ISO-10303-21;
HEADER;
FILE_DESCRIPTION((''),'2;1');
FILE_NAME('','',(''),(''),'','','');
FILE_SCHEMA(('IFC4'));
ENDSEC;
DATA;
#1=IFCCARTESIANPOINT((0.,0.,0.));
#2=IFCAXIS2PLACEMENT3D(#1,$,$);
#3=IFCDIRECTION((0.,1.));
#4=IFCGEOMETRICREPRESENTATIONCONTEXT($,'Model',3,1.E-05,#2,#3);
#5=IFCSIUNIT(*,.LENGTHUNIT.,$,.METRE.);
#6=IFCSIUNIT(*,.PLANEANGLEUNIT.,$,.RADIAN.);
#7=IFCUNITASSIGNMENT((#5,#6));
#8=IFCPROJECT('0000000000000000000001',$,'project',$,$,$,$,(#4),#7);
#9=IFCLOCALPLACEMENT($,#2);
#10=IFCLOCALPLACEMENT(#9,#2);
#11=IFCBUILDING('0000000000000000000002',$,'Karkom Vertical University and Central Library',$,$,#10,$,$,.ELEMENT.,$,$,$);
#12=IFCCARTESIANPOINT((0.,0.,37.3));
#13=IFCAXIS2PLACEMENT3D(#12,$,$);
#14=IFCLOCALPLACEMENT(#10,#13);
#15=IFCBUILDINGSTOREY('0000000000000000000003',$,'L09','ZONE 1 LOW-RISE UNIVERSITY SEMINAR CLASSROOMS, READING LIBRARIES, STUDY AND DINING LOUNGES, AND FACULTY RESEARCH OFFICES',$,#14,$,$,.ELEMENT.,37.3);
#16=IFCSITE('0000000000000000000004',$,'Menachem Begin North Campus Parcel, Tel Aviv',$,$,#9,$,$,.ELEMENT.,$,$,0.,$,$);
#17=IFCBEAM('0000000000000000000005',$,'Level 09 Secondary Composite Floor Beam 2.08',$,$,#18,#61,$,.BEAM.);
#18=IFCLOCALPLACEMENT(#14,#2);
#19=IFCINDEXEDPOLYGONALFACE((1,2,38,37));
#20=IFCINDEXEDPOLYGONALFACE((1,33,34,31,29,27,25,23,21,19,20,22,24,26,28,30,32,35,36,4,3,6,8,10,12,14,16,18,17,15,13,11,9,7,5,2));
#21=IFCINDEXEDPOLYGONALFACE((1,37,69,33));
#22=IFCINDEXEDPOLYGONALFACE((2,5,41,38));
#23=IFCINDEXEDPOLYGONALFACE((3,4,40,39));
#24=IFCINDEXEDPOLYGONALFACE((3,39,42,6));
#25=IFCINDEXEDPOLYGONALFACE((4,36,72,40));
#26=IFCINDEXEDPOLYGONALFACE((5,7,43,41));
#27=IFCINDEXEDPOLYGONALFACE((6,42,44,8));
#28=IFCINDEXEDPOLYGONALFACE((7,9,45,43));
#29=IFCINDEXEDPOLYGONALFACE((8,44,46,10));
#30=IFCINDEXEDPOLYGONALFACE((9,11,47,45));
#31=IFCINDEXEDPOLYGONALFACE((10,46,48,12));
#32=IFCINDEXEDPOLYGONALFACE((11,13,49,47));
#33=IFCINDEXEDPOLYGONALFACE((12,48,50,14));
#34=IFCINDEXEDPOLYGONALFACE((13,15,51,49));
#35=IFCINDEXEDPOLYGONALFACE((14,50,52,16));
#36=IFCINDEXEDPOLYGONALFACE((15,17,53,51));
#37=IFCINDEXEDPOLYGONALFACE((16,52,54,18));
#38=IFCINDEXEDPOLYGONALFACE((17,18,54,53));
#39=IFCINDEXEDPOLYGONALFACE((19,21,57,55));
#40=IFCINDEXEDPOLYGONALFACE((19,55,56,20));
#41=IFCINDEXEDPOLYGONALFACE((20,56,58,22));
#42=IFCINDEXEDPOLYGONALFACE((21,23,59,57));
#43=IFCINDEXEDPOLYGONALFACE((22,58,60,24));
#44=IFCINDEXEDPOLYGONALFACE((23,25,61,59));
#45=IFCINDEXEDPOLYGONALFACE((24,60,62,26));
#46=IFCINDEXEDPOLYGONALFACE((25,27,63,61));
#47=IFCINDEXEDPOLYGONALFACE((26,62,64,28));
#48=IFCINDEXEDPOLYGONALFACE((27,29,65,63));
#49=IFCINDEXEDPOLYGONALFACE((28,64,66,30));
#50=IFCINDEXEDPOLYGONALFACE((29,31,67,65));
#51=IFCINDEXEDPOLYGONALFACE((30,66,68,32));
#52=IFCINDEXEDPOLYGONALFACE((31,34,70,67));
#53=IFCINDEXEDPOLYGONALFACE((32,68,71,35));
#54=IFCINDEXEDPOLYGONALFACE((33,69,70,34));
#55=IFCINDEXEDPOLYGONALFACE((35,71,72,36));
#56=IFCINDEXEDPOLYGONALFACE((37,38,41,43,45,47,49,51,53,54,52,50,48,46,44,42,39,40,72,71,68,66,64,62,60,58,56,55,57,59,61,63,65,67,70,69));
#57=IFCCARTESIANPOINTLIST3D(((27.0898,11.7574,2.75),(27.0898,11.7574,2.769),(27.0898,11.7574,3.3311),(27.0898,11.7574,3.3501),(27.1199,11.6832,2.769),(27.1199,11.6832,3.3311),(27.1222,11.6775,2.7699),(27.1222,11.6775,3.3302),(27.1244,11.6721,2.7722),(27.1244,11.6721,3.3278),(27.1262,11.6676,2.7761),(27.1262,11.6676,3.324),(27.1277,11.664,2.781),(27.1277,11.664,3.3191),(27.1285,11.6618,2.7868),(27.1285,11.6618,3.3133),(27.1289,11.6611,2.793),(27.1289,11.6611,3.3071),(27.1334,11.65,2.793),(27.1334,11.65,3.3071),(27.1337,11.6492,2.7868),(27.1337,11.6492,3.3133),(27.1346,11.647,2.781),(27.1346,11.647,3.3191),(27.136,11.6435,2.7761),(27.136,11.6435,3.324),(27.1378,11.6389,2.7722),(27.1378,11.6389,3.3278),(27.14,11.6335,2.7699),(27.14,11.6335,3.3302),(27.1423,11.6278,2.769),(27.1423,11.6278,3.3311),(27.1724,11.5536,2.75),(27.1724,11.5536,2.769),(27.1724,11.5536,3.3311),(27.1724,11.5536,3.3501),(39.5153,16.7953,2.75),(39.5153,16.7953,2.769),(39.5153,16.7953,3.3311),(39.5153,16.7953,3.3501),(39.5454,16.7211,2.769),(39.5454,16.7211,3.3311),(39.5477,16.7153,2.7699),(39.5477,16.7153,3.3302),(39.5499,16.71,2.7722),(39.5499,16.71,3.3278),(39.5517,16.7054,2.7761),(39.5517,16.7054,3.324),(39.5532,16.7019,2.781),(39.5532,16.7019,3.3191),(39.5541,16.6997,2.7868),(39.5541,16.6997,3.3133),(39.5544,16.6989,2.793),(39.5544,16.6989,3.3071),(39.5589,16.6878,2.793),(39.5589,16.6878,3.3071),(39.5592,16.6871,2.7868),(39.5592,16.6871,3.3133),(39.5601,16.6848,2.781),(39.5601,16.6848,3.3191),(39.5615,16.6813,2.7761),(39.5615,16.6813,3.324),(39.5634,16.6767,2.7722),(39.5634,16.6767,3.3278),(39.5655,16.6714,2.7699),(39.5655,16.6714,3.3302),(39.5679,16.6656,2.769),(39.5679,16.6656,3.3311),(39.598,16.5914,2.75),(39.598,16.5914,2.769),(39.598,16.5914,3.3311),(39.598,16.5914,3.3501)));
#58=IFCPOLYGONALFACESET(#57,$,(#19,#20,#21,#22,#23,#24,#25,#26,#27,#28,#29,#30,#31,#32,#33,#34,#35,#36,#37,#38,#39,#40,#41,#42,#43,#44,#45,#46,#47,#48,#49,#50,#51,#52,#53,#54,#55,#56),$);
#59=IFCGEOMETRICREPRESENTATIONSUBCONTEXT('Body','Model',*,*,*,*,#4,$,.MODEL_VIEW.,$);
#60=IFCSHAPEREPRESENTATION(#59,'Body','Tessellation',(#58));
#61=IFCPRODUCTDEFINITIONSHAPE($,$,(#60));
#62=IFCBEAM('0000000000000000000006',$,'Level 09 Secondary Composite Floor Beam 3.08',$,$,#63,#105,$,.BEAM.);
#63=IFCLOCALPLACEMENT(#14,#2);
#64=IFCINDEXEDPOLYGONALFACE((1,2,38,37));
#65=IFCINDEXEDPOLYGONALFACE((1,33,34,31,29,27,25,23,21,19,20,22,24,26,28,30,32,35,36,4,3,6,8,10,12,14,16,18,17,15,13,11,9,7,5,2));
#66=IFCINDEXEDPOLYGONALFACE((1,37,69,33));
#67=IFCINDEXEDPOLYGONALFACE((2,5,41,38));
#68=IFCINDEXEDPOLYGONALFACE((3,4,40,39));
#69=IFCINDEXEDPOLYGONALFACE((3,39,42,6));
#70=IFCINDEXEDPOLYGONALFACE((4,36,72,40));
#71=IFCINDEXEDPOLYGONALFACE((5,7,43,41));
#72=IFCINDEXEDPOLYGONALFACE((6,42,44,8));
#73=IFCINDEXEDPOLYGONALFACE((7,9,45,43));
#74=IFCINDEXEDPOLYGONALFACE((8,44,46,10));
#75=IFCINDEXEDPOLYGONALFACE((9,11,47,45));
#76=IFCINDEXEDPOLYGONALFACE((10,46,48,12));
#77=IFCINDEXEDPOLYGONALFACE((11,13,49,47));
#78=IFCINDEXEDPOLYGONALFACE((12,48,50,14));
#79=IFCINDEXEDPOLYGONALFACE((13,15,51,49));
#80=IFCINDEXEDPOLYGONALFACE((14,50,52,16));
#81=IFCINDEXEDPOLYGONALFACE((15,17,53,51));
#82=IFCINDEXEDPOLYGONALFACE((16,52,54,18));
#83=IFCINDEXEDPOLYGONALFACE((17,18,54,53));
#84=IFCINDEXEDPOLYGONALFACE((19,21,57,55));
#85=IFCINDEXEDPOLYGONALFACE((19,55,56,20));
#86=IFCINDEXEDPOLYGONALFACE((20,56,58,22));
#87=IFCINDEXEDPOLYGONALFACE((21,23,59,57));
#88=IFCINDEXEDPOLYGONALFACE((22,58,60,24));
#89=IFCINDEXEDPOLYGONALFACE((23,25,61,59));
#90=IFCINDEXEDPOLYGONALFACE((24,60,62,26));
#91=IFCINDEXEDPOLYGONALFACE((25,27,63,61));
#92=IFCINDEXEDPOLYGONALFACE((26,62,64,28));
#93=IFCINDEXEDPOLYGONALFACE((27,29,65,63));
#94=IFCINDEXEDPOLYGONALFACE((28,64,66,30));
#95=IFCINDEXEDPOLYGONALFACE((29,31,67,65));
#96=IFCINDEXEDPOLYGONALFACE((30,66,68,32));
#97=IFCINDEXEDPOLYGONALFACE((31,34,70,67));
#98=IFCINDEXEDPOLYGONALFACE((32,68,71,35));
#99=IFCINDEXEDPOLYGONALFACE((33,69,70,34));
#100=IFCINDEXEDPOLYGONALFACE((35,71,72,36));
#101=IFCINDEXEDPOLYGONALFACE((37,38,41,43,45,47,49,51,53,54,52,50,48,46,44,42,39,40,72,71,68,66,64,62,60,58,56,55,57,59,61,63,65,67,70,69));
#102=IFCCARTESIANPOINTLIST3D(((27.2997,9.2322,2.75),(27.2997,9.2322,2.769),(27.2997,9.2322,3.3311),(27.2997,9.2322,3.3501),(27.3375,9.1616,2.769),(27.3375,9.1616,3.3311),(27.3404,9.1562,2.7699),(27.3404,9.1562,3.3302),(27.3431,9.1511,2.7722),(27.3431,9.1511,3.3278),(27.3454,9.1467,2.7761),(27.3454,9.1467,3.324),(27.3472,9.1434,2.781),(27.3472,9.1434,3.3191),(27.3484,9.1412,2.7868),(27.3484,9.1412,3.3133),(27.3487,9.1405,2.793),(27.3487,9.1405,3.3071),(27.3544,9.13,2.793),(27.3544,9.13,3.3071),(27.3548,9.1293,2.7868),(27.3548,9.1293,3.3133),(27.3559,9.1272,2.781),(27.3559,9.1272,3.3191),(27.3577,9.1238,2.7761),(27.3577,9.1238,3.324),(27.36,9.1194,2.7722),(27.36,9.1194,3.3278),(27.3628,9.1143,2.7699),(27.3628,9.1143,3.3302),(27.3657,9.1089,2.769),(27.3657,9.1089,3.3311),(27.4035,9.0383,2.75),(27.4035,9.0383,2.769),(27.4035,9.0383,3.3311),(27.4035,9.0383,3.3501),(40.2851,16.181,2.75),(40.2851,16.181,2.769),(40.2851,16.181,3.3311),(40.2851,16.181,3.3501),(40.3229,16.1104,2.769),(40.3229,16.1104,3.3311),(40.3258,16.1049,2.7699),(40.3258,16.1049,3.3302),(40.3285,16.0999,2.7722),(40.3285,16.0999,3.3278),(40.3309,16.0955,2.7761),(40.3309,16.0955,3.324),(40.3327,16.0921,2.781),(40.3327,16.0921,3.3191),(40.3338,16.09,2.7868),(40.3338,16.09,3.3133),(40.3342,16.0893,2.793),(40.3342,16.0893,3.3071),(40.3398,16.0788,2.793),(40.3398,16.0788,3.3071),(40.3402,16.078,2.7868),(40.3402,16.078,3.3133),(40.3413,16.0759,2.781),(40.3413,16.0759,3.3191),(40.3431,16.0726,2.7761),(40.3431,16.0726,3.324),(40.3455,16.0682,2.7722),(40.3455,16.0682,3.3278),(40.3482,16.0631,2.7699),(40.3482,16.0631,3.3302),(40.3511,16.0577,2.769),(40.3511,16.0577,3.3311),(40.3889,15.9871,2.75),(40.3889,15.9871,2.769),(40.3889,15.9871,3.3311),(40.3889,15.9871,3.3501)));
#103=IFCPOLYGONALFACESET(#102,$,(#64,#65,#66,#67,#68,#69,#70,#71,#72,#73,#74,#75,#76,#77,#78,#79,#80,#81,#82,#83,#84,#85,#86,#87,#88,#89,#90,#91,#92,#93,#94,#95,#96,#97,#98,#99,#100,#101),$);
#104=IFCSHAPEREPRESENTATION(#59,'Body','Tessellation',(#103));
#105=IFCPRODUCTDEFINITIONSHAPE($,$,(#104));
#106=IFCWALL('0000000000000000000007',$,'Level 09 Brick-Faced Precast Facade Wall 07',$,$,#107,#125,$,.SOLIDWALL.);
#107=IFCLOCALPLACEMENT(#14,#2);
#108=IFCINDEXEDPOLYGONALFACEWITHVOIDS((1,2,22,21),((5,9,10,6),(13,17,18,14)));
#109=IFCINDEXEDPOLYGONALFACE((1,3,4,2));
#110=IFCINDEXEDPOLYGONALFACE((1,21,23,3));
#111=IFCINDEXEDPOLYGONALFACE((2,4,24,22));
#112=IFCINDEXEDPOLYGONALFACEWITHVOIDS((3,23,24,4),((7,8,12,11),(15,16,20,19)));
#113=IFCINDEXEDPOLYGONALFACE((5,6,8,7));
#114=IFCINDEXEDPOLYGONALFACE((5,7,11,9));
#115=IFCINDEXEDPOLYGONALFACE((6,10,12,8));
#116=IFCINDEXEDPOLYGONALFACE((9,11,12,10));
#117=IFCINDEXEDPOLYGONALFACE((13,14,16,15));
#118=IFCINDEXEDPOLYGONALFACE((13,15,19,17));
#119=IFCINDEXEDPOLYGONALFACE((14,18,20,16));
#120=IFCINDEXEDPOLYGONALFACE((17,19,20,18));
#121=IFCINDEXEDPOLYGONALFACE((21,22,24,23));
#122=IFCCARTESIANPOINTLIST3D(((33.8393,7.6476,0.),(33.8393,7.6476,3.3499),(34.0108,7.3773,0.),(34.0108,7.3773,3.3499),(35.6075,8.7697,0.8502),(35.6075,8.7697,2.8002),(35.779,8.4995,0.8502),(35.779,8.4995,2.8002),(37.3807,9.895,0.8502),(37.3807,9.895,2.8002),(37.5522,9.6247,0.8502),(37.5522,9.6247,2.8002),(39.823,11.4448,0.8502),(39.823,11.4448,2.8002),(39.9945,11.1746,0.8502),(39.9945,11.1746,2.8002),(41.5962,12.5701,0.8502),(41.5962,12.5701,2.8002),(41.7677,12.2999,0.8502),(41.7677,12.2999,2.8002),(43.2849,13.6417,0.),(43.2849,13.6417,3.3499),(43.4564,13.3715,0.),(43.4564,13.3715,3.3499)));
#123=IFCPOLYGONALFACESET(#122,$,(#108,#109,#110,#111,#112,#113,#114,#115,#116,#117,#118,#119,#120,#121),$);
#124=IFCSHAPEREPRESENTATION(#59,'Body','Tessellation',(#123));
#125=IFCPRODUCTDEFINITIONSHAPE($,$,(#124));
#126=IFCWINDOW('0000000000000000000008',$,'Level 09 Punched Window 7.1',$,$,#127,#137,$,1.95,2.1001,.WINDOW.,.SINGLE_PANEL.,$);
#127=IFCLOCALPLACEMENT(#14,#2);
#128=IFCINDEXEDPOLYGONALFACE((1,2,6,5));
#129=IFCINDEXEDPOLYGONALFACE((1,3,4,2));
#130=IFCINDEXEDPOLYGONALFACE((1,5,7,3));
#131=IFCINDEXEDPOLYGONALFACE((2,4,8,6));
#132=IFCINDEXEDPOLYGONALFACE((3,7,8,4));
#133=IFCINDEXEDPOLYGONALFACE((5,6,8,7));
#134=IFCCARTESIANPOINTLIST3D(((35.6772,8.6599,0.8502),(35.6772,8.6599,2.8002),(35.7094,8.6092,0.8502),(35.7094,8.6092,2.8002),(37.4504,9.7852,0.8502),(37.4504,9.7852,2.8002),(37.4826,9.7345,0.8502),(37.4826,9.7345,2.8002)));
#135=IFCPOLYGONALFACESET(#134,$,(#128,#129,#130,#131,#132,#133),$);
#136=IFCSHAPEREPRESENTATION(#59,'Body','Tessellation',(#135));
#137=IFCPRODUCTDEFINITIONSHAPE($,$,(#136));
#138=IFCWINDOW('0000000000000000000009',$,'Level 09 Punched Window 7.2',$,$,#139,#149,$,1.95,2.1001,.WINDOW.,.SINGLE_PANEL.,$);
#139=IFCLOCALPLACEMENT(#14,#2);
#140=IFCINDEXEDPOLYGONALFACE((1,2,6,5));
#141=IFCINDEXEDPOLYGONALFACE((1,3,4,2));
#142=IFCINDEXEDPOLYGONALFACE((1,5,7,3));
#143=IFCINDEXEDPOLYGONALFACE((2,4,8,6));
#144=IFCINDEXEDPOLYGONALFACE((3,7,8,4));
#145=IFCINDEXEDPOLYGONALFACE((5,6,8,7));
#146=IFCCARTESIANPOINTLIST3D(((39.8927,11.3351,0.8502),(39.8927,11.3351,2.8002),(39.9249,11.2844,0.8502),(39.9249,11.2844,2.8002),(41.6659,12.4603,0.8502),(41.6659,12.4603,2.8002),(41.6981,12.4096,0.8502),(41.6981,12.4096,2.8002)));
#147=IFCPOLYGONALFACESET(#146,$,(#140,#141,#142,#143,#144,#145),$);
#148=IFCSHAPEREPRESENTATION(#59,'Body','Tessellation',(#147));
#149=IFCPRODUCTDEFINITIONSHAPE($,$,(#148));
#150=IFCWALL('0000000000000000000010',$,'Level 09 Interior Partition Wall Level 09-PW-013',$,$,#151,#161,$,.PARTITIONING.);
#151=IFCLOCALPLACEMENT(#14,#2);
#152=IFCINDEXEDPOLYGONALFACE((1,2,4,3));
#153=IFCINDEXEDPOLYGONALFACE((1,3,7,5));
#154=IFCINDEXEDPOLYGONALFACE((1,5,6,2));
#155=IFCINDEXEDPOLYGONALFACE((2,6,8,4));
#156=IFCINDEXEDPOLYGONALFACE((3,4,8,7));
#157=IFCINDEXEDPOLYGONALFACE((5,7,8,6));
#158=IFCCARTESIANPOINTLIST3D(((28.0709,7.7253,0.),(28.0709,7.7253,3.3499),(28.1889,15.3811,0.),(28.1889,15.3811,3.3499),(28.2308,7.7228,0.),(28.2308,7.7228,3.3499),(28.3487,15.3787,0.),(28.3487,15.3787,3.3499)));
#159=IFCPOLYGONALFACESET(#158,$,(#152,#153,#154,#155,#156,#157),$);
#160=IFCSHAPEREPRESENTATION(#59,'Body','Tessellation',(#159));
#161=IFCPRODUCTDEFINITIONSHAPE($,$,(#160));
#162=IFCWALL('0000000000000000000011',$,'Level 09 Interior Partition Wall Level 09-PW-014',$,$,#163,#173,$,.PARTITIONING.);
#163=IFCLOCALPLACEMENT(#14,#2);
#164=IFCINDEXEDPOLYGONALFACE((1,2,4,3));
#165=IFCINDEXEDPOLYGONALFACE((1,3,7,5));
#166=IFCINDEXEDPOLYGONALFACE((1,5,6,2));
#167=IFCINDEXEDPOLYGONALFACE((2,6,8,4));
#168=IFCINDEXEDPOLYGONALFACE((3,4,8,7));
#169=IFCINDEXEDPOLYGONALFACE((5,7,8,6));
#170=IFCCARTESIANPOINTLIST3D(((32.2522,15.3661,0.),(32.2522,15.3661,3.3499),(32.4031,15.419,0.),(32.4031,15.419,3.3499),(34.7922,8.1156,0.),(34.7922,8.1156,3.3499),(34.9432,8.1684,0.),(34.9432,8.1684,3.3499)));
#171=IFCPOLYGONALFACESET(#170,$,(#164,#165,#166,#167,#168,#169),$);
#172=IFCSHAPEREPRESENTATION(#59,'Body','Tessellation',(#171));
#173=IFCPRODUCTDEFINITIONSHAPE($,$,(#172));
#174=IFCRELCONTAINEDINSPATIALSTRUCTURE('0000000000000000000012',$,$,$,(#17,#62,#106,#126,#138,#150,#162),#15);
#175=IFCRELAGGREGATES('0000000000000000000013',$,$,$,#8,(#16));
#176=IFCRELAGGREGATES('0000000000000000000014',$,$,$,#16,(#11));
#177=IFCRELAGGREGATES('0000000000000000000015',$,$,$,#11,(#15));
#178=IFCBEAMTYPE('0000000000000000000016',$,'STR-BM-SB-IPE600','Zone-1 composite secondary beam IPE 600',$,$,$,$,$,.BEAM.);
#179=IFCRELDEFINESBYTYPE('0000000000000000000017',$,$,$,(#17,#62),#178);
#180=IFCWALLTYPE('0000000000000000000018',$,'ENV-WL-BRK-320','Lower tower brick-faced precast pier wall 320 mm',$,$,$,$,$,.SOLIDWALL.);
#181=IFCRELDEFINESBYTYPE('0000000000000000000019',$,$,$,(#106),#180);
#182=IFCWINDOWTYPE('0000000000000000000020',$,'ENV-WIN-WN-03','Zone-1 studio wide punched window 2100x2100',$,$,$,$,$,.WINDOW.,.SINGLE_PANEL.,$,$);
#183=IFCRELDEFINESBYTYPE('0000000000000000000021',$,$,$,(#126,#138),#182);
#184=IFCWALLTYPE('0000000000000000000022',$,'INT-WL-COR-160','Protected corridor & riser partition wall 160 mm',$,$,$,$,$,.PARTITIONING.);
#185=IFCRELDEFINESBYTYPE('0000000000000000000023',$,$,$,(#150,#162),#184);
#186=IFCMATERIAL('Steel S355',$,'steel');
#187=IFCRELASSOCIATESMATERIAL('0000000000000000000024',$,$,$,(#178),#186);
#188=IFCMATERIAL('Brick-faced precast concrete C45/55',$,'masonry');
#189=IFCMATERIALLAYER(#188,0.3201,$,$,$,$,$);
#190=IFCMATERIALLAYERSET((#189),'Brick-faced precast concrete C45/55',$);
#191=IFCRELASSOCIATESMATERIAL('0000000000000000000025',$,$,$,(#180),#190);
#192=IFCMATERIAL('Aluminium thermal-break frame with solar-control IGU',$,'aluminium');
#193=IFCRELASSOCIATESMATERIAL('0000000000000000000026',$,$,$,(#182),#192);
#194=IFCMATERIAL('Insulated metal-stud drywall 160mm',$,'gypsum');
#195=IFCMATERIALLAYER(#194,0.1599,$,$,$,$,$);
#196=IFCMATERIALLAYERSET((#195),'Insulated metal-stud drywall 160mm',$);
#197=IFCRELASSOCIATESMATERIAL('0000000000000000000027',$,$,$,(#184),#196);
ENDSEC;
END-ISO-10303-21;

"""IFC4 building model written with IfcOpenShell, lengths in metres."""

from ifc_helpers import new_model, si_unit, direction, frame, frame_2d, origin, origin_with_axes, origin_2d, place, context, subcontext, project, spatial, rectangle, i_section, extrude, source, transform, mapped, material, layer, layer_set, material_profile, profile_set, type_object, element, fill, save


model = new_model("IFC4")

# Units and contexts
model_context = context("Model", 3, precision=1e-05, world=origin(), true_north=direction((0.0, 1.0)))
body_context = subcontext(model_context, "Body", "Model", "MODEL_VIEW")
ifc_project = project(units=[si_unit("LENGTHUNIT", "METRE"), si_unit("PLANEANGLEUNIT", "RADIAN")], contexts=[model_context])

# Site, building, storey
site_placement = place(None, origin())
site = spatial("IfcSite", under=ifc_project, at=site_placement, Name="Menachem Begin North Campus Parcel, Tel Aviv", CompositionType="ELEMENT", RefElevation=0.0)
building_placement = place(site_placement, origin())
building = spatial("IfcBuilding", under=site, at=building_placement, Name="Karkom Vertical University and Central Library", CompositionType="ELEMENT")
storey_placement = place(building_placement, frame((0.0, 0.0, 37.3)))
storey = spatial("IfcBuildingStorey", under=building, at=storey_placement, Name="L09", Description="ZONE 1 LOW-RISE UNIVERSITY SEMINAR CLASSROOMS, READING LIBRARIES, STUDY AND DINING LOUNGES, AND FACULTY RESEARCH OFFICES", CompositionType="ELEMENT", Elevation=37.3)

# Beams
ifc_material_1 = material(Name="Steel S355", Category="steel")
ifc_material_profile_1 = material_profile(ifc_material_1, i_section(OverallWidth=0.22, OverallDepth=0.6001, WebThickness=0.012, FlangeThickness=0.019, FilletRadius=0.0239, at=origin_2d()), Name="IPE 600")
ifc_profile_set_1 = profile_set([ifc_material_profile_1], Name="Steel S355")
beam_type_1 = type_object("IfcBeamType", Name="STR-BM-SB-IPE600", Description="Zone-1 composite secondary beam IPE 600", PredefinedType="BEAM", material=ifc_profile_set_1)
shared_shape_1 = source(origin_with_axes(), body_context, "Body", "SweptSolid", [
    extrude(i_section(OverallWidth=0.22, OverallDepth=0.6001, WebThickness=0.012, FlangeThickness=0.019, FilletRadius=0.0239, at=origin_2d()), origin(), (0.0, 0.0, 1.0), 13.408),
])
beam_1_placement = place(storey_placement, frame((27.1311, 11.6555, 3.05), z_axis=(0.926727, 0.375735, 0.0), x_axis=(-0.375735, 0.926727, 0.0)))
element("IfcBeam", 1, at=beam_1_placement, inside=storey, type_object=beam_type_1, Name="Level 09 Secondary Composite Floor Beam 2.08", PredefinedType="BEAM", context=body_context, shape_type="MappedRepresentation", body=[
    mapped(shared_shape_1, transform((0.0, 0.0, 0.0), scale=1.0)),
])
shared_shape_2 = source(origin_with_axes(), body_context, "Body", "SweptSolid", [
    extrude(i_section(OverallWidth=0.22, OverallDepth=0.6001, WebThickness=0.012, FlangeThickness=0.019, FilletRadius=0.0239, at=origin_2d()), origin(), (0.0, 0.0, 1.0), 14.7278),
])
beam_2_placement = place(storey_placement, frame((27.3516, 9.1353, 3.05), z_axis=(0.881698, 0.471815, 0.0), x_axis=(-0.471815, 0.881698, 0.0)))
element("IfcBeam", 2, at=beam_2_placement, inside=storey, type_object=beam_type_1, Name="Level 09 Secondary Composite Floor Beam 3.08", PredefinedType="BEAM", context=body_context, shape_type="MappedRepresentation", body=[
    mapped(shared_shape_2, transform((0.0, 0.0, 0.0), scale=1.0)),
])

# Wall, openings, windows
ifc_material_2 = material(Name="Brick-faced precast concrete C45/55", Category="masonry")
ifc_layer_1 = layer(ifc_material_2, 0.3201)
ifc_layer_set_1 = layer_set([ifc_layer_1], Name="Brick-faced precast concrete C45/55")
wall_type_1 = type_object("IfcWallType", Name="ENV-WL-BRK-320", Description="Lower tower brick-faced precast pier wall 320 mm", PredefinedType="SOLIDWALL", material=ifc_layer_set_1)
wall_1_placement = place(storey_placement, frame((33.925, 7.5125, 0.0), z_axis=(0.0, 0.0, 1.0), x_axis=(0.844336, 0.535815, 0.0)))
wall_1 = element("IfcWall", 3, at=wall_1_placement, inside=storey, type_object=wall_type_1, Name="Level 09 Brick-Faced Precast Facade Wall 07", PredefinedType="SOLIDWALL", context=body_context, shape_type="SweptSolid", body=[
    extrude(rectangle(XDim=11.187, YDim=0.3201, at=frame_2d((5.5935, 0.0))), origin(), (0.0, 0.0, 1.0), 3.3499),
])
opening_1_placement = place(wall_1_placement, frame((2.0942, 0.0, 0.8501)))
opening_1 = element("IfcOpeningElement", 4, at=opening_1_placement, cuts=wall_1, PredefinedType="OPENING", context=body_context, shape_type="SweptSolid", body=[
    extrude(rectangle(XDim=2.1001, YDim=1.95, at=frame_2d((1.05, 0.9751))), frame((0.0, 0.1699, 0.0), z_axis=(0.0, -1.0, 0.0), x_axis=(1.0, 0.0, 0.0)), (0.0, 0.0, 1.0), 0.3401),
])
opening_2_placement = place(wall_1_placement, frame((7.0869, 0.0, 0.8501)))
opening_2 = element("IfcOpeningElement", 5, at=opening_2_placement, cuts=wall_1, PredefinedType="OPENING", context=body_context, shape_type="SweptSolid", body=[
    extrude(rectangle(XDim=2.1001, YDim=1.95, at=frame_2d((1.05, 0.9751))), frame((0.0, 0.1699, 0.0), z_axis=(0.0, -1.0, 0.0), x_axis=(1.0, 0.0, 0.0)), (0.0, 0.0, 1.0), 0.3401),
])
ifc_material_3 = material(Name="Aluminium thermal-break frame with solar-control IGU", Category="aluminium")
window_type = type_object("IfcWindowType", Name="ENV-WIN-WN-03", Description="Zone-1 studio wide punched window 2100x2100", PartitioningType="SINGLE_PANEL", PredefinedType="WINDOW", material=ifc_material_3)
shared_shape_3 = source(origin_with_axes(), body_context, "Body", "SweptSolid", [
    extrude(rectangle(XDim=2.1001, YDim=1.95, at=frame_2d((1.05, 0.9751))), frame((0.0, 0.03, 0.0), z_axis=(0.0, -1.0, 0.0), x_axis=(1.0, 0.0, 0.0)), (0.0, 0.0, 1.0), 0.0601),
])
window_1_placement = place(opening_1_placement, origin())
window_1 = element("IfcWindow", 6, at=window_1_placement, inside=storey, type_object=window_type, Name="Level 09 Punched Window 7.1", OverallHeight=1.95, OverallWidth=2.1001, PartitioningType="SINGLE_PANEL", PredefinedType="WINDOW", context=body_context, shape_type="MappedRepresentation", body=[
    mapped(shared_shape_3, transform((0.0, 0.0, 0.0), scale=1.0)),
])
fill(opening_1, window_1)
window_2_placement = place(opening_2_placement, origin())
window_2 = element("IfcWindow", 7, at=window_2_placement, inside=storey, type_object=window_type, Name="Level 09 Punched Window 7.2", OverallHeight=1.95, OverallWidth=2.1001, PartitioningType="SINGLE_PANEL", PredefinedType="WINDOW", context=body_context, shape_type="MappedRepresentation", body=[
    mapped(shared_shape_3, transform((0.0, 0.0, 0.0), scale=1.0)),
])
fill(opening_2, window_2)

# Walls
ifc_material_4 = material(Name="Insulated metal-stud drywall 160mm", Category="gypsum")
ifc_layer_2 = layer(ifc_material_4, 0.1599)
ifc_layer_set_2 = layer_set([ifc_layer_2], Name="Insulated metal-stud drywall 160mm")
wall_type_2 = type_object("IfcWallType", Name="INT-WL-COR-160", Description="Protected corridor & riser partition wall 160 mm", PredefinedType="PARTITIONING", material=ifc_layer_set_2)
wall_2_placement = place(storey_placement, frame((28.2688, 15.3799, 0.0), z_axis=(0.0, 0.0, 1.0), x_axis=(-0.015401, -0.999881, 0.0)))
element("IfcWall", 8, at=wall_2_placement, inside=storey, type_object=wall_type_2, Name="Level 09 Interior Partition Wall Level 09-PW-013", PredefinedType="PARTITIONING", context=body_context, shape_type="SweptSolid", body=[
    extrude(rectangle(XDim=7.6567, YDim=0.1599, at=frame_2d((3.8284, 0.0))), origin(), (0.0, 0.0, 1.0), 3.3499),
])
wall_3_placement = place(storey_placement, frame((32.3276, 15.3926, 0.0), z_axis=(0.0, 0.0, 1.0), x_axis=(0.330625, -0.943762, 0.0)))
element("IfcWall", 9, at=wall_3_placement, inside=storey, type_object=wall_type_2, Name="Level 09 Interior Partition Wall Level 09-PW-014", PredefinedType="PARTITIONING", context=body_context, shape_type="SweptSolid", body=[
    extrude(rectangle(XDim=7.6826, YDim=0.1599, at=frame_2d((3.8413, 0.0))), origin(), (0.0, 0.0, 1.0), 3.3499),
])

save(model, "model.ifc")
